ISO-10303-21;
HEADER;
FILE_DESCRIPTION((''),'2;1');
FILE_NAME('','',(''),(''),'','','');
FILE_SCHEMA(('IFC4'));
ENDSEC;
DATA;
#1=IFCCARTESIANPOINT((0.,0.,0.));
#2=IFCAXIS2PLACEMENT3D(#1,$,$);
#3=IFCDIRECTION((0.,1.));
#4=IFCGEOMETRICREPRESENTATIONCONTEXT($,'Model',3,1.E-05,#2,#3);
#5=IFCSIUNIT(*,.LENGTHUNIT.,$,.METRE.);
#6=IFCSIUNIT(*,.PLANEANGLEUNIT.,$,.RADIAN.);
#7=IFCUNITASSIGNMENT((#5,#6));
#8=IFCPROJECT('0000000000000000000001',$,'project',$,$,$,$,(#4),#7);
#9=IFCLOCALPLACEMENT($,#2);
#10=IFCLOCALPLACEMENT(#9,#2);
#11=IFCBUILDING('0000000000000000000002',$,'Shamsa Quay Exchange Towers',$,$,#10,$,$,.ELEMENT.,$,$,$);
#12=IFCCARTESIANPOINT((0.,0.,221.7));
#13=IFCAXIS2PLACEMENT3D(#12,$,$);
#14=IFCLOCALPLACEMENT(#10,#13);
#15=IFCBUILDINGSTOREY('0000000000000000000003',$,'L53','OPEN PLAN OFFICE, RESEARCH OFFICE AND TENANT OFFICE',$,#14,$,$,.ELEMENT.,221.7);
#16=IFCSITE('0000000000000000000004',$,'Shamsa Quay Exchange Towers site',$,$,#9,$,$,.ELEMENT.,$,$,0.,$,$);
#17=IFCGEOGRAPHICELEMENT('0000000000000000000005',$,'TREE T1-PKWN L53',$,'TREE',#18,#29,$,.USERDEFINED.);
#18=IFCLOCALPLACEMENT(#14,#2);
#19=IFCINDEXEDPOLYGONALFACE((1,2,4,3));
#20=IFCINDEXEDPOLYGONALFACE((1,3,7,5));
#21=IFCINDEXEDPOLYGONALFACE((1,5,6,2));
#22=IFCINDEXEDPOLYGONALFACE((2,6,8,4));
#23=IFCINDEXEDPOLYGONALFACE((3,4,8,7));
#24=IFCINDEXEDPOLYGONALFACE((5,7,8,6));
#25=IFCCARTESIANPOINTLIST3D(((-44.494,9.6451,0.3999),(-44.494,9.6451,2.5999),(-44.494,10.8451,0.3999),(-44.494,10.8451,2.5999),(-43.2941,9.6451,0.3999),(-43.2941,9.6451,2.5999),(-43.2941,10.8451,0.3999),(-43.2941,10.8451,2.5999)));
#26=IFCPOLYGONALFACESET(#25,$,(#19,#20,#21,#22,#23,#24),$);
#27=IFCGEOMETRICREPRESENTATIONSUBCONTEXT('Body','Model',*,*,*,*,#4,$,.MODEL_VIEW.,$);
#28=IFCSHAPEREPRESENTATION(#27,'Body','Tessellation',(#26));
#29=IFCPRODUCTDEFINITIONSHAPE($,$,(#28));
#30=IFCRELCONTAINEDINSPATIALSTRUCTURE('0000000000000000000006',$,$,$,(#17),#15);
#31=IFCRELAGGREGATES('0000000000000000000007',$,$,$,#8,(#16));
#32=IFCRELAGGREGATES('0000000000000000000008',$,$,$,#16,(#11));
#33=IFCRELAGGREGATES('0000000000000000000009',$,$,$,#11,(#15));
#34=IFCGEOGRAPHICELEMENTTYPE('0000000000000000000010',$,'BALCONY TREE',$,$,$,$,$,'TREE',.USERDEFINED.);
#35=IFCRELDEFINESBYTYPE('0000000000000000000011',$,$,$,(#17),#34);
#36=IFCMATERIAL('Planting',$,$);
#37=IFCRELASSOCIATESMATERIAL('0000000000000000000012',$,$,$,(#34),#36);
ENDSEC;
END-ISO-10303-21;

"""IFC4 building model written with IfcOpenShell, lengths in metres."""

from ifc_helpers import new_model, si_unit, direction, frame, origin, origin_2d, place, context, subcontext, project, spatial, rectangle, extrude, material, type_object, element, save


model = new_model("IFC4")

# Units and contexts
model_context = context("Model", 3, precision=1e-05, world=origin(), true_north=direction((0.0, 1.0)))
body_context = subcontext(model_context, "Body", "Model", "MODEL_VIEW")
ifc_project = project(units=[si_unit("LENGTHUNIT", "METRE"), si_unit("PLANEANGLEUNIT", "RADIAN")], contexts=[model_context])

# Site, building, storey
site_placement = place(None, origin())
site = spatial("IfcSite", under=ifc_project, at=site_placement, Name="Shamsa Quay Exchange Towers site", CompositionType="ELEMENT", RefElevation=0.0)
building_placement = place(site_placement, origin())
building = spatial("IfcBuilding", under=site, at=building_placement, Name="Shamsa Quay Exchange Towers", CompositionType="ELEMENT")
storey_placement = place(building_placement, frame((0.0, 0.0, 221.7)))
storey = spatial("IfcBuildingStorey", under=building, at=storey_placement, Name="L53", Description="OPEN PLAN OFFICE, RESEARCH OFFICE AND TENANT OFFICE", CompositionType="ELEMENT", Elevation=221.7)

# Geographic element
ifc_material_1 = material(Name="Planting")
geographic_element_type = type_object("IfcGeographicElementType", Name="BALCONY TREE", ElementType="TREE", PredefinedType="USERDEFINED", material=ifc_material_1)
geographic_element_placement = place(storey_placement, frame((-43.894, 10.2451, 0.3999), z_axis=(0.0, 0.0, 1.0), x_axis=(-1.0, 0.0, 0.0)))
element("IfcGeographicElement", 1, at=geographic_element_placement, inside=storey, type_object=geographic_element_type, Name="TREE T1-PKWN L53", ObjectType="TREE", PredefinedType="USERDEFINED", context=body_context, shape_type="SweptSolid", body=[
    extrude(rectangle(XDim=1.2, YDim=1.2, at=origin_2d()), origin(), (0.0, 0.0, 1.0), 2.2),
])

save(model, "model.ifc")
